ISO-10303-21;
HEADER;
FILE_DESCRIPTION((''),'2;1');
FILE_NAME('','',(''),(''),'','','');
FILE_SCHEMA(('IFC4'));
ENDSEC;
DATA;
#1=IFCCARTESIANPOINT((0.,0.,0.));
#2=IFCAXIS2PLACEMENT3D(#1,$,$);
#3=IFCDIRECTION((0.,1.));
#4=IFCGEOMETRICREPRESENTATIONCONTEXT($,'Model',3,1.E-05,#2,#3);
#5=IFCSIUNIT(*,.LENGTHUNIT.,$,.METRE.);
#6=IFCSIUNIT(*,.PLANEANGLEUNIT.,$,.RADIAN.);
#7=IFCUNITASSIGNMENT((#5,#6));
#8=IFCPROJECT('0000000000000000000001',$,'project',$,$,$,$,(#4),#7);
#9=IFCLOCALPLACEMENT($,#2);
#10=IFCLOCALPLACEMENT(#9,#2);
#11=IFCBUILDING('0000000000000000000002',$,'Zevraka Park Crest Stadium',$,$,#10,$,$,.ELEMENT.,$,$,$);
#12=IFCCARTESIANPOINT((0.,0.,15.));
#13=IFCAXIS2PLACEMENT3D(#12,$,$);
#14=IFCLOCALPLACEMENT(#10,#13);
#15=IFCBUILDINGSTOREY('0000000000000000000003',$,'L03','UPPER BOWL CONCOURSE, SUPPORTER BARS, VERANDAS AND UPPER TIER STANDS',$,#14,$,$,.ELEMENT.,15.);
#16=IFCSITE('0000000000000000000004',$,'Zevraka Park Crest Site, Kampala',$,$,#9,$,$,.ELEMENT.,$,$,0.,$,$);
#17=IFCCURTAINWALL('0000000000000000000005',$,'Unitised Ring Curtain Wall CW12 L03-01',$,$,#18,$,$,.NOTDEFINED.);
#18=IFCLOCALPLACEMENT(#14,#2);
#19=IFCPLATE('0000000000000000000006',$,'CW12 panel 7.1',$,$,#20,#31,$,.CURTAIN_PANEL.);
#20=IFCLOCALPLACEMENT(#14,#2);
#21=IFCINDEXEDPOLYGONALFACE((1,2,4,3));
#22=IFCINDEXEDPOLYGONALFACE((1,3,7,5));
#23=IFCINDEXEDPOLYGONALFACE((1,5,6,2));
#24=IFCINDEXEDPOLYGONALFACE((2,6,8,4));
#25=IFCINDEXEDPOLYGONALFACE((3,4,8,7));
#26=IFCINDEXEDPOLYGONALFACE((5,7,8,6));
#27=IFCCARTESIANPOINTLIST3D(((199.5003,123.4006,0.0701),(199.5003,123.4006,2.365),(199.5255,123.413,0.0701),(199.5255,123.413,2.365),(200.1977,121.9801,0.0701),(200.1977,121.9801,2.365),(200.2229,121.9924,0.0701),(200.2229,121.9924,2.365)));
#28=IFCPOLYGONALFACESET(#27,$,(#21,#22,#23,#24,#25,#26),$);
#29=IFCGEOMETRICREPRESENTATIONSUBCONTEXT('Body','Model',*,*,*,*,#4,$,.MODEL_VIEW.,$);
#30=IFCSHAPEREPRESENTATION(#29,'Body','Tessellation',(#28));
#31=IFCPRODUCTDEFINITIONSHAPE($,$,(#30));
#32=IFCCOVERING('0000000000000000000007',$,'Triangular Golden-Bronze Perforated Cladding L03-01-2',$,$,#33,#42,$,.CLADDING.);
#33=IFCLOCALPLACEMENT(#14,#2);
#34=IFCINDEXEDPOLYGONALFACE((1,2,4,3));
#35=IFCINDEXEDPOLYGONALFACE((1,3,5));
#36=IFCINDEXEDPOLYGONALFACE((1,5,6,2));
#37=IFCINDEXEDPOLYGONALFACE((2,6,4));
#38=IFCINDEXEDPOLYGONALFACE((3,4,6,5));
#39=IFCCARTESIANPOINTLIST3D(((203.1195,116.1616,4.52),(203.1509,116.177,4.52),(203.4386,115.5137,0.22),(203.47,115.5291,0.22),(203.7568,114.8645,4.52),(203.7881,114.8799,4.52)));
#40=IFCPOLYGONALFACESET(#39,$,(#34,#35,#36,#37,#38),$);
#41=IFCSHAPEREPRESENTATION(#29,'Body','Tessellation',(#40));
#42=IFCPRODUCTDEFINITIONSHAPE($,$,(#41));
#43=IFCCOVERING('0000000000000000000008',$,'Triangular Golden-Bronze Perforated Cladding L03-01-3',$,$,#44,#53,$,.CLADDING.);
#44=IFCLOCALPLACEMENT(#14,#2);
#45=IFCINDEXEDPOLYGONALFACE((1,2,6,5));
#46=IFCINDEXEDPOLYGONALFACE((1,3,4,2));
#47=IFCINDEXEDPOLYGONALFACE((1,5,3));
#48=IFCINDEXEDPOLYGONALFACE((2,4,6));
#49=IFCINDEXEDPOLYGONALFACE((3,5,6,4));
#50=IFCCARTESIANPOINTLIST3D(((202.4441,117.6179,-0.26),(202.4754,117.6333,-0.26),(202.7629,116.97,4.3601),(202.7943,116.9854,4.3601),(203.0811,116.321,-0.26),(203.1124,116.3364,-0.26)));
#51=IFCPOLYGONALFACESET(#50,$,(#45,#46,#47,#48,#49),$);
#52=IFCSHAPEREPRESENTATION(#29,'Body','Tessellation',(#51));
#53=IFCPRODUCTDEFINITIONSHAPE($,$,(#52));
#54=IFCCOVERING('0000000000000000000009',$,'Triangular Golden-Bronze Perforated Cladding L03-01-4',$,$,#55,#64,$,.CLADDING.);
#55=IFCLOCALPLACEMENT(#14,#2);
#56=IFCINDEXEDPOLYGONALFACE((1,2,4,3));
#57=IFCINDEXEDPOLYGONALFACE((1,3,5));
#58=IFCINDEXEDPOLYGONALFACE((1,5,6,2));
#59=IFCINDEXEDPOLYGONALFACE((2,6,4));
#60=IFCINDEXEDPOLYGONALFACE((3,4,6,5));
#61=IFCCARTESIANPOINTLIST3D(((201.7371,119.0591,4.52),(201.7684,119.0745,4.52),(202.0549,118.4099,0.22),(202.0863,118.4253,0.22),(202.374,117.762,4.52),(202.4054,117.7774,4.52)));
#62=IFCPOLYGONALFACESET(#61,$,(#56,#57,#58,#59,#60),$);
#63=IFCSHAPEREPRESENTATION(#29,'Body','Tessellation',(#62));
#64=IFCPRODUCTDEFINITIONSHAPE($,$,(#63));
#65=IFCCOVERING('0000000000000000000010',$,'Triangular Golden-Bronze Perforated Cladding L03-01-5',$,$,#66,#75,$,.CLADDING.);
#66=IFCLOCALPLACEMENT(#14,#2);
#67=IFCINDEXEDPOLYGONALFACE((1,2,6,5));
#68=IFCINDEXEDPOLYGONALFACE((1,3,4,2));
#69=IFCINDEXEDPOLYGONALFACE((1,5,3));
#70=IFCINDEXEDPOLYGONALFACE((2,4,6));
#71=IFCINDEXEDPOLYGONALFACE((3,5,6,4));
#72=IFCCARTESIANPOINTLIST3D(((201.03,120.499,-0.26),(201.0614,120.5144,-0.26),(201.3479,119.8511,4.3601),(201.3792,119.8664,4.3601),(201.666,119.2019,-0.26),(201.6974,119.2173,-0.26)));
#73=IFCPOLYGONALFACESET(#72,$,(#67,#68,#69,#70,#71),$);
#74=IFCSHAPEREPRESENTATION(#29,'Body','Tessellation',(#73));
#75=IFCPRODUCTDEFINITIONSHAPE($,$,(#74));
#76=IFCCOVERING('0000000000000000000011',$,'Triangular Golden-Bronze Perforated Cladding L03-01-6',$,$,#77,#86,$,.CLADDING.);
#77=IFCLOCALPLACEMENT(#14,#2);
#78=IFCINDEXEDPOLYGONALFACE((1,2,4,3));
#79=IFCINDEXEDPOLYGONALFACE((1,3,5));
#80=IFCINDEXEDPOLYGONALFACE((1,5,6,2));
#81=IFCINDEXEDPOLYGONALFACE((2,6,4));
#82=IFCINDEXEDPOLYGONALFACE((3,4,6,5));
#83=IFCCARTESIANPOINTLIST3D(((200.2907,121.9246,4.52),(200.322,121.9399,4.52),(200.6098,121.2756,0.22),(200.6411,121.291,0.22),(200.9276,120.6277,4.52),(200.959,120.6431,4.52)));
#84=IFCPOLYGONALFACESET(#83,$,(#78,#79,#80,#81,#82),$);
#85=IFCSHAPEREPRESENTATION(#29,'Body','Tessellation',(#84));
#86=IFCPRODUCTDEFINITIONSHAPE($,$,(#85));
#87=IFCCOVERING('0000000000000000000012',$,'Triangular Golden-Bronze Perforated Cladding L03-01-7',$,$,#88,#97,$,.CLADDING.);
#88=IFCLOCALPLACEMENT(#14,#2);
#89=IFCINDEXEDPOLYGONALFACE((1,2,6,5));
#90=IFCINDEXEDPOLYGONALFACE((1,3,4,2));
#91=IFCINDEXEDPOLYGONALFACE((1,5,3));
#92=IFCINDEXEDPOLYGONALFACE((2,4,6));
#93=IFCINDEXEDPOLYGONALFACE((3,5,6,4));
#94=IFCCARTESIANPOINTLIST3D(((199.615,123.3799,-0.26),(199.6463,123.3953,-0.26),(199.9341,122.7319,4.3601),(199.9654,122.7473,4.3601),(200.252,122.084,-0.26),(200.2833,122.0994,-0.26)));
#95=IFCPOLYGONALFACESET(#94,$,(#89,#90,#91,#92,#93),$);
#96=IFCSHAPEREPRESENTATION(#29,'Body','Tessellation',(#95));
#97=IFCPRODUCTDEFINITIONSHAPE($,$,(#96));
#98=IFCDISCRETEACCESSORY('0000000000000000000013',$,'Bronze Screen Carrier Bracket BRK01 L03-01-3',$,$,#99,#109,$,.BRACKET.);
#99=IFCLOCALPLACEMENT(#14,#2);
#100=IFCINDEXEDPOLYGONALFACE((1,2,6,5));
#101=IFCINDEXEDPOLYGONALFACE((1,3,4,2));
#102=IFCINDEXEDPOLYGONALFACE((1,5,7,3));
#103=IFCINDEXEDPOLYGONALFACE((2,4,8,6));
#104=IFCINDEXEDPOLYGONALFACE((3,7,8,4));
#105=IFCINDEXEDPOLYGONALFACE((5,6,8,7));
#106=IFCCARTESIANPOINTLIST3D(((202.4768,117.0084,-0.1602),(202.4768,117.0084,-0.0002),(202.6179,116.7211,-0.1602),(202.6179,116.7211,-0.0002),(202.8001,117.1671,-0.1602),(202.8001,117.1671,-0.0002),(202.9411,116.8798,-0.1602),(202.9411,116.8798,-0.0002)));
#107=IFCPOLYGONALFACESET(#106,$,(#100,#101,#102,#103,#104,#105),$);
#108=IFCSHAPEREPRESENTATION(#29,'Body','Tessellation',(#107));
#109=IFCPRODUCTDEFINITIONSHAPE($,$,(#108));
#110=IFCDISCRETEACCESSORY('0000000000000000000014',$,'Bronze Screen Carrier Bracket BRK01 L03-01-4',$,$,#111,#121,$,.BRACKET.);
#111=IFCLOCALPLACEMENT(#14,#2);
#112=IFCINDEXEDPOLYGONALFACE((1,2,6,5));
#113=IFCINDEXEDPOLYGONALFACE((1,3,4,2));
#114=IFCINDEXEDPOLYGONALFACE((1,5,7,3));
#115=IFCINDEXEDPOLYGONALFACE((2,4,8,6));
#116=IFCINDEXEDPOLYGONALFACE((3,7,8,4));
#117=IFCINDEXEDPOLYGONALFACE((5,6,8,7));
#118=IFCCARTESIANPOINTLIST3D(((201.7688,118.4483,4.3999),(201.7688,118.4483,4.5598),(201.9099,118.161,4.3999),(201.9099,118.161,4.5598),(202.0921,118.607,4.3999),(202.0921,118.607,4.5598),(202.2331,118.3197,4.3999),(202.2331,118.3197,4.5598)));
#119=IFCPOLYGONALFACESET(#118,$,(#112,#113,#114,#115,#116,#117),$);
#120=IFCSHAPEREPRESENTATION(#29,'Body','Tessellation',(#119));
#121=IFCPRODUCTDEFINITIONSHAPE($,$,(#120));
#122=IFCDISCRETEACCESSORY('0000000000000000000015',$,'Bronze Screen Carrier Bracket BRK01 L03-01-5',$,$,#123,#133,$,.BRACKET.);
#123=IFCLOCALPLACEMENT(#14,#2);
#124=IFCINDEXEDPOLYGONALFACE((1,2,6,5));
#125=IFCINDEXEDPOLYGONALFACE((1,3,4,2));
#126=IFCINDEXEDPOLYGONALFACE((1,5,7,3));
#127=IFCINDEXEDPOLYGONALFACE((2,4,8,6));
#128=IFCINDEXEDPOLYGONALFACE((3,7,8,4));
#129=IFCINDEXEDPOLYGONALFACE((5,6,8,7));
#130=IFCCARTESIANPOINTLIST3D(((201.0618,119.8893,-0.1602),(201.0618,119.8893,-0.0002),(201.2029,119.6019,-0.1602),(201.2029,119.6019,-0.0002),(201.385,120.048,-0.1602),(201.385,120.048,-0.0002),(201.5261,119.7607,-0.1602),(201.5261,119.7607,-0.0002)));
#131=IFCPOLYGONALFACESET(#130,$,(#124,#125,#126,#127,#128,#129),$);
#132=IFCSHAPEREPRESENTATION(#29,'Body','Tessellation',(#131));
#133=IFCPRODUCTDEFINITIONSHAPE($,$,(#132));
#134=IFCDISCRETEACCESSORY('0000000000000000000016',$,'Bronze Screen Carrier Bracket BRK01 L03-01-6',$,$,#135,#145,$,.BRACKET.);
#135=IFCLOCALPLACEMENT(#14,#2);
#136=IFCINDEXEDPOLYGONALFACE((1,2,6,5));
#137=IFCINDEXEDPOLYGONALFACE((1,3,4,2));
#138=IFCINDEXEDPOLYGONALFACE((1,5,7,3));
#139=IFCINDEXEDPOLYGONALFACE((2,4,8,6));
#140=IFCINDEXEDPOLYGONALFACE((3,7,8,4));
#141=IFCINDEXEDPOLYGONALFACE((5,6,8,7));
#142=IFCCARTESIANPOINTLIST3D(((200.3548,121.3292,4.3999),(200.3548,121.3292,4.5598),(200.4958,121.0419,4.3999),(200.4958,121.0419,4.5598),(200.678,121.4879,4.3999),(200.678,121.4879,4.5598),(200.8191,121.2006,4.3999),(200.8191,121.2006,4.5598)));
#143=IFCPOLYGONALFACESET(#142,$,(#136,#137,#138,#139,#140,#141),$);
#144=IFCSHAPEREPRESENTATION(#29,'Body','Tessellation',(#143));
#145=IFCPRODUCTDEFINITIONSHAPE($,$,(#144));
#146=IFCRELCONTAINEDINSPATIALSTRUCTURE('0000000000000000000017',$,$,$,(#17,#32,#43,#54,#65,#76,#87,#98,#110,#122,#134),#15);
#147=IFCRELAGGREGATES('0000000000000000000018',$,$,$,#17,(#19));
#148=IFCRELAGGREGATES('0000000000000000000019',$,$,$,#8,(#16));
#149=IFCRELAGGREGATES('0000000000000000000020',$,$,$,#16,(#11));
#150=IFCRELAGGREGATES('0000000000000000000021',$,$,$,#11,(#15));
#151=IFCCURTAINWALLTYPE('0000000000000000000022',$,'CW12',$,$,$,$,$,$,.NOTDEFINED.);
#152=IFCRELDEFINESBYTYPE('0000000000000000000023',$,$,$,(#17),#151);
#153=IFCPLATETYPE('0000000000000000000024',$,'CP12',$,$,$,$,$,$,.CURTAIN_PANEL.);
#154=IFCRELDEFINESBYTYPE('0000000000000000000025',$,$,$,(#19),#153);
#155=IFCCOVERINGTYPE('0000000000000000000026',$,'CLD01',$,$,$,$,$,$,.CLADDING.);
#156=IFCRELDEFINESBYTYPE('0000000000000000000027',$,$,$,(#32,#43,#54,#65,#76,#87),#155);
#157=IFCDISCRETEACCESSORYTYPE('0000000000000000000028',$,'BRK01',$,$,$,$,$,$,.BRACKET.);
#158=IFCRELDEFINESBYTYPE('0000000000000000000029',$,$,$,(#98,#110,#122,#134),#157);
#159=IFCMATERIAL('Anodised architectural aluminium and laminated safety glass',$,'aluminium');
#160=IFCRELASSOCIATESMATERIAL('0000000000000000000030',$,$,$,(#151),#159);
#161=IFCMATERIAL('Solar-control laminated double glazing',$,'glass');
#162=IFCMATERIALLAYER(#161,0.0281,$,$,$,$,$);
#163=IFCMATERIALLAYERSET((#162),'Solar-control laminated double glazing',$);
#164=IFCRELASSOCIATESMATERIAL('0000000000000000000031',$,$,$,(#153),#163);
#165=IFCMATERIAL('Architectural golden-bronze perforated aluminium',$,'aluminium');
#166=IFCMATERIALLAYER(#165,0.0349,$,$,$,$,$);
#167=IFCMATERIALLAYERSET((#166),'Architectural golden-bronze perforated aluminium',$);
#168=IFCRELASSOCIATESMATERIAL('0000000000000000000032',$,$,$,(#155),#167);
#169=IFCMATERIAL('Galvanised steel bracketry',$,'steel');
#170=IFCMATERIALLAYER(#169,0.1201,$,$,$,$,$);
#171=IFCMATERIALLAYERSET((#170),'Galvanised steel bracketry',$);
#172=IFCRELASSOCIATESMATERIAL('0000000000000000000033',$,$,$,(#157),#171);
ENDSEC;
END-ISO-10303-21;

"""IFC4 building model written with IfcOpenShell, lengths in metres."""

from ifc_helpers import new_model, si_unit, direction, frame, origin, origin_2d, place, context, subcontext, project, spatial, polyline, rectangle, outline, extrude, material, layer, layer_set, type_object, element, aggregate, save


model = new_model("IFC4")

# Units and contexts
model_context = context("Model", 3, precision=1e-05, world=origin(), true_north=direction((0.0, 1.0)))
body_context = subcontext(model_context, "Body", "Model", "MODEL_VIEW")
ifc_project = project(units=[si_unit("LENGTHUNIT", "METRE"), si_unit("PLANEANGLEUNIT", "RADIAN")], contexts=[model_context])

# Site, building, storey
site_placement = place(None, origin())
site = spatial("IfcSite", under=ifc_project, at=site_placement, Name="Zevraka Park Crest Site, Kampala", CompositionType="ELEMENT", RefElevation=0.0)
building_placement = place(site_placement, origin())
building = spatial("IfcBuilding", under=site, at=building_placement, Name="Zevraka Park Crest Stadium", CompositionType="ELEMENT")
storey_placement = place(building_placement, frame((0.0, 0.0, 15.0)))
storey = spatial("IfcBuildingStorey", under=building, at=storey_placement, Name="L03", Description="UPPER BOWL CONCOURSE, SUPPORTER BARS, VERANDAS AND UPPER TIER STANDS", CompositionType="ELEMENT", Elevation=15.0)

# Curtain wall, plate
ifc_material_1 = material(Name="Anodised architectural aluminium and laminated safety glass", Category="aluminium")
curtain_wall_type = type_object("IfcCurtainWallType", Name="CW12", PredefinedType="NOTDEFINED", material=ifc_material_1)
curtain_wall_placement = place(storey_placement, origin())
curtain_wall = element("IfcCurtainWall", 1, at=curtain_wall_placement, inside=storey, type_object=curtain_wall_type, Name="Unitised Ring Curtain Wall CW12 L03-01", PredefinedType="NOTDEFINED")
ifc_material_2 = material(Name="Solar-control laminated double glazing", Category="glass")
ifc_layer_1 = layer(ifc_material_2, 0.0281)
ifc_layer_set_1 = layer_set([ifc_layer_1], Name="Solar-control laminated double glazing")
plate_type = type_object("IfcPlateType", Name="CP12", PredefinedType="CURTAIN_PANEL", material=ifc_layer_set_1)
plate_1_placement = place(storey_placement, frame((199.8616, 122.6965, 0.0701), z_axis=(0.0, 0.0, 1.0), x_axis=(-0.440666, 0.897671, 0.0)))
plate_1 = element("IfcPlate", 2, at=plate_1_placement, type_object=plate_type, Name="CW12 panel 7.1", PredefinedType="CURTAIN_PANEL", context=body_context, shape_type="SweptSolid", body=[
    extrude(rectangle(XDim=1.5825, YDim=0.0281, at=origin_2d()), origin(), (0.0, 0.0, 1.0), 2.2949),
])
aggregate(curtain_wall, [plate_1])

# Coverings
ifc_material_3 = material(Name="Architectural golden-bronze perforated aluminium", Category="aluminium")
ifc_layer_2 = layer(ifc_material_3, 0.0349)
ifc_layer_set_2 = layer_set([ifc_layer_2], Name="Architectural golden-bronze perforated aluminium")
covering_type = type_object("IfcCoveringType", Name="CLD01", PredefinedType="CLADDING", material=ifc_layer_set_2)
covering_1_placement = place(storey_placement, frame((203.1509, 116.177, 4.52), z_axis=(0.897547, 0.440918, 0.000165), x_axis=(0.440918, -0.897547, 0.0)))
element("IfcCovering", 3, at=covering_1_placement, inside=storey, type_object=covering_type, Name="Triangular Golden-Bronze Perforated Cladding L03-01-2", PredefinedType="CLADDING", context=body_context, shape_type="SweptSolid", body=[
    extrude(outline(polyline([(0.0, 0.0), (1.4452, 0.0), (0.7223, 4.3), (0.0, 0.0)])), origin(), (0.0, 0.0, -1.0), 0.0349),
])
covering_2_placement = place(storey_placement, frame((203.0811, 116.321, -0.26), z_axis=(-0.897581, -0.440849, 0.000118), x_axis=(-0.440849, 0.897581, 0.0)))
element("IfcCovering", 4, at=covering_2_placement, inside=storey, type_object=covering_type, Name="Triangular Golden-Bronze Perforated Cladding L03-01-3", PredefinedType="CLADDING", context=body_context, shape_type="SweptSolid", body=[
    extrude(outline(polyline([(0.0, 0.0), (1.4449, 0.0), (0.7227, -4.6201), (0.0, 0.0)])), origin(), (0.0, 0.0, -1.0), 0.0349),
])
covering_3_placement = place(storey_placement, frame((201.7371, 119.0591, 4.52), z_axis=(-0.897614, -0.440782, 0.00019), x_axis=(0.440782, -0.897614, 0.0)))
element("IfcCovering", 5, at=covering_3_placement, inside=storey, type_object=covering_type, Name="Triangular Golden-Bronze Perforated Cladding L03-01-4", PredefinedType="CLADDING", context=body_context, shape_type="SweptSolid", body=[
    extrude(outline(polyline([(0.0, 0.0), (1.4451, 0.0), (0.7228, -4.3), (0.0, 0.0)])), origin(), (0.0, 0.0, -1.0), 0.0349),
])
covering_4_placement = place(storey_placement, frame((201.666, 119.2019, -0.26), z_axis=(-0.897881, -0.440237, 0.000034), x_axis=(-0.440237, 0.897881, 0.0)))
element("IfcCovering", 6, at=covering_4_placement, inside=storey, type_object=covering_type, Name="Triangular Golden-Bronze Perforated Cladding L03-01-5", PredefinedType="CLADDING", context=body_context, shape_type="SweptSolid", body=[
    extrude(outline(polyline([(0.0, 0.0), (1.4446, 0.0), (0.7229, -4.6201), (0.0, 0.0)])), origin(), (0.0, 0.0, -1.0), 0.0349),
])
covering_5_placement = place(storey_placement, frame((200.322, 121.9399, 4.52), z_axis=(0.897581, 0.440849, 0.000077), x_axis=(0.440849, -0.897581, 0.0)))
element("IfcCovering", 7, at=covering_5_placement, inside=storey, type_object=covering_type, Name="Triangular Golden-Bronze Perforated Cladding L03-01-6", PredefinedType="CLADDING", context=body_context, shape_type="SweptSolid", body=[
    extrude(outline(polyline([(0.0, 0.0), (1.4449, 0.0), (0.7231, 4.3), (0.0, 0.0)])), origin(), (0.0, 0.0, -1.0), 0.0349),
])
covering_6_placement = place(storey_placement, frame((200.252, 122.084, -0.26), z_axis=(-0.89745, -0.441117, 0.000119), x_axis=(-0.441117, 0.89745, 0.0)))
element("IfcCovering", 8, at=covering_6_placement, inside=storey, type_object=covering_type, Name="Triangular Golden-Bronze Perforated Cladding L03-01-7", PredefinedType="CLADDING", context=body_context, shape_type="SweptSolid", body=[
    extrude(outline(polyline([(0.0, 0.0), (1.444, 0.0), (0.7217, -4.6201), (0.0, 0.0)])), origin(), (0.0, 0.0, -1.0), 0.0349),
])

# Discrete accessories
ifc_material_4 = material(Name="Galvanised steel bracketry", Category="steel")
ifc_layer_3 = layer(ifc_material_4, 0.1201)
ifc_layer_set_3 = layer_set([ifc_layer_3], Name="Galvanised steel bracketry")
discrete_accessory_type = type_object("IfcDiscreteAccessoryType", Name="BRK01", PredefinedType="BRACKET", material=ifc_layer_set_3)
for number, where, z_axis, x_axis, name in (
    (9, (202.709, 116.9441, -0.1602), (0.0, 0.0, 1.0), (-0.440723, 0.897643, 0.0), "Bronze Screen Carrier Bracket BRK01 L03-01-3"),
    (10, (202.001, 118.384, 4.3999), (0.0, 0.0, 1.0), (-0.440723, 0.897643, 0.0), "Bronze Screen Carrier Bracket BRK01 L03-01-4"),
    (11, (201.2939, 119.825, -0.1602), (0.0, 0.0, 1.0), (-0.440723, 0.897643, 0.0), "Bronze Screen Carrier Bracket BRK01 L03-01-5"),
    (12, (200.5869, 121.2649, 4.3999), (0.0, 0.0, 1.0), (-0.440723, 0.897643, 0.0), "Bronze Screen Carrier Bracket BRK01 L03-01-6"),
):
    element("IfcDiscreteAccessory", number, at=place(storey_placement, frame(where, z_axis=z_axis, x_axis=x_axis)), inside=storey, type_object=discrete_accessory_type, Name=name, PredefinedType="BRACKET", context=body_context, shape_type="SweptSolid", body=[
        extrude(rectangle(XDim=0.3201, YDim=0.3601, at=origin_2d()), origin(), (0.0, 0.0, 1.0), 0.1599),
    ])

save(model, "model.ifc")
